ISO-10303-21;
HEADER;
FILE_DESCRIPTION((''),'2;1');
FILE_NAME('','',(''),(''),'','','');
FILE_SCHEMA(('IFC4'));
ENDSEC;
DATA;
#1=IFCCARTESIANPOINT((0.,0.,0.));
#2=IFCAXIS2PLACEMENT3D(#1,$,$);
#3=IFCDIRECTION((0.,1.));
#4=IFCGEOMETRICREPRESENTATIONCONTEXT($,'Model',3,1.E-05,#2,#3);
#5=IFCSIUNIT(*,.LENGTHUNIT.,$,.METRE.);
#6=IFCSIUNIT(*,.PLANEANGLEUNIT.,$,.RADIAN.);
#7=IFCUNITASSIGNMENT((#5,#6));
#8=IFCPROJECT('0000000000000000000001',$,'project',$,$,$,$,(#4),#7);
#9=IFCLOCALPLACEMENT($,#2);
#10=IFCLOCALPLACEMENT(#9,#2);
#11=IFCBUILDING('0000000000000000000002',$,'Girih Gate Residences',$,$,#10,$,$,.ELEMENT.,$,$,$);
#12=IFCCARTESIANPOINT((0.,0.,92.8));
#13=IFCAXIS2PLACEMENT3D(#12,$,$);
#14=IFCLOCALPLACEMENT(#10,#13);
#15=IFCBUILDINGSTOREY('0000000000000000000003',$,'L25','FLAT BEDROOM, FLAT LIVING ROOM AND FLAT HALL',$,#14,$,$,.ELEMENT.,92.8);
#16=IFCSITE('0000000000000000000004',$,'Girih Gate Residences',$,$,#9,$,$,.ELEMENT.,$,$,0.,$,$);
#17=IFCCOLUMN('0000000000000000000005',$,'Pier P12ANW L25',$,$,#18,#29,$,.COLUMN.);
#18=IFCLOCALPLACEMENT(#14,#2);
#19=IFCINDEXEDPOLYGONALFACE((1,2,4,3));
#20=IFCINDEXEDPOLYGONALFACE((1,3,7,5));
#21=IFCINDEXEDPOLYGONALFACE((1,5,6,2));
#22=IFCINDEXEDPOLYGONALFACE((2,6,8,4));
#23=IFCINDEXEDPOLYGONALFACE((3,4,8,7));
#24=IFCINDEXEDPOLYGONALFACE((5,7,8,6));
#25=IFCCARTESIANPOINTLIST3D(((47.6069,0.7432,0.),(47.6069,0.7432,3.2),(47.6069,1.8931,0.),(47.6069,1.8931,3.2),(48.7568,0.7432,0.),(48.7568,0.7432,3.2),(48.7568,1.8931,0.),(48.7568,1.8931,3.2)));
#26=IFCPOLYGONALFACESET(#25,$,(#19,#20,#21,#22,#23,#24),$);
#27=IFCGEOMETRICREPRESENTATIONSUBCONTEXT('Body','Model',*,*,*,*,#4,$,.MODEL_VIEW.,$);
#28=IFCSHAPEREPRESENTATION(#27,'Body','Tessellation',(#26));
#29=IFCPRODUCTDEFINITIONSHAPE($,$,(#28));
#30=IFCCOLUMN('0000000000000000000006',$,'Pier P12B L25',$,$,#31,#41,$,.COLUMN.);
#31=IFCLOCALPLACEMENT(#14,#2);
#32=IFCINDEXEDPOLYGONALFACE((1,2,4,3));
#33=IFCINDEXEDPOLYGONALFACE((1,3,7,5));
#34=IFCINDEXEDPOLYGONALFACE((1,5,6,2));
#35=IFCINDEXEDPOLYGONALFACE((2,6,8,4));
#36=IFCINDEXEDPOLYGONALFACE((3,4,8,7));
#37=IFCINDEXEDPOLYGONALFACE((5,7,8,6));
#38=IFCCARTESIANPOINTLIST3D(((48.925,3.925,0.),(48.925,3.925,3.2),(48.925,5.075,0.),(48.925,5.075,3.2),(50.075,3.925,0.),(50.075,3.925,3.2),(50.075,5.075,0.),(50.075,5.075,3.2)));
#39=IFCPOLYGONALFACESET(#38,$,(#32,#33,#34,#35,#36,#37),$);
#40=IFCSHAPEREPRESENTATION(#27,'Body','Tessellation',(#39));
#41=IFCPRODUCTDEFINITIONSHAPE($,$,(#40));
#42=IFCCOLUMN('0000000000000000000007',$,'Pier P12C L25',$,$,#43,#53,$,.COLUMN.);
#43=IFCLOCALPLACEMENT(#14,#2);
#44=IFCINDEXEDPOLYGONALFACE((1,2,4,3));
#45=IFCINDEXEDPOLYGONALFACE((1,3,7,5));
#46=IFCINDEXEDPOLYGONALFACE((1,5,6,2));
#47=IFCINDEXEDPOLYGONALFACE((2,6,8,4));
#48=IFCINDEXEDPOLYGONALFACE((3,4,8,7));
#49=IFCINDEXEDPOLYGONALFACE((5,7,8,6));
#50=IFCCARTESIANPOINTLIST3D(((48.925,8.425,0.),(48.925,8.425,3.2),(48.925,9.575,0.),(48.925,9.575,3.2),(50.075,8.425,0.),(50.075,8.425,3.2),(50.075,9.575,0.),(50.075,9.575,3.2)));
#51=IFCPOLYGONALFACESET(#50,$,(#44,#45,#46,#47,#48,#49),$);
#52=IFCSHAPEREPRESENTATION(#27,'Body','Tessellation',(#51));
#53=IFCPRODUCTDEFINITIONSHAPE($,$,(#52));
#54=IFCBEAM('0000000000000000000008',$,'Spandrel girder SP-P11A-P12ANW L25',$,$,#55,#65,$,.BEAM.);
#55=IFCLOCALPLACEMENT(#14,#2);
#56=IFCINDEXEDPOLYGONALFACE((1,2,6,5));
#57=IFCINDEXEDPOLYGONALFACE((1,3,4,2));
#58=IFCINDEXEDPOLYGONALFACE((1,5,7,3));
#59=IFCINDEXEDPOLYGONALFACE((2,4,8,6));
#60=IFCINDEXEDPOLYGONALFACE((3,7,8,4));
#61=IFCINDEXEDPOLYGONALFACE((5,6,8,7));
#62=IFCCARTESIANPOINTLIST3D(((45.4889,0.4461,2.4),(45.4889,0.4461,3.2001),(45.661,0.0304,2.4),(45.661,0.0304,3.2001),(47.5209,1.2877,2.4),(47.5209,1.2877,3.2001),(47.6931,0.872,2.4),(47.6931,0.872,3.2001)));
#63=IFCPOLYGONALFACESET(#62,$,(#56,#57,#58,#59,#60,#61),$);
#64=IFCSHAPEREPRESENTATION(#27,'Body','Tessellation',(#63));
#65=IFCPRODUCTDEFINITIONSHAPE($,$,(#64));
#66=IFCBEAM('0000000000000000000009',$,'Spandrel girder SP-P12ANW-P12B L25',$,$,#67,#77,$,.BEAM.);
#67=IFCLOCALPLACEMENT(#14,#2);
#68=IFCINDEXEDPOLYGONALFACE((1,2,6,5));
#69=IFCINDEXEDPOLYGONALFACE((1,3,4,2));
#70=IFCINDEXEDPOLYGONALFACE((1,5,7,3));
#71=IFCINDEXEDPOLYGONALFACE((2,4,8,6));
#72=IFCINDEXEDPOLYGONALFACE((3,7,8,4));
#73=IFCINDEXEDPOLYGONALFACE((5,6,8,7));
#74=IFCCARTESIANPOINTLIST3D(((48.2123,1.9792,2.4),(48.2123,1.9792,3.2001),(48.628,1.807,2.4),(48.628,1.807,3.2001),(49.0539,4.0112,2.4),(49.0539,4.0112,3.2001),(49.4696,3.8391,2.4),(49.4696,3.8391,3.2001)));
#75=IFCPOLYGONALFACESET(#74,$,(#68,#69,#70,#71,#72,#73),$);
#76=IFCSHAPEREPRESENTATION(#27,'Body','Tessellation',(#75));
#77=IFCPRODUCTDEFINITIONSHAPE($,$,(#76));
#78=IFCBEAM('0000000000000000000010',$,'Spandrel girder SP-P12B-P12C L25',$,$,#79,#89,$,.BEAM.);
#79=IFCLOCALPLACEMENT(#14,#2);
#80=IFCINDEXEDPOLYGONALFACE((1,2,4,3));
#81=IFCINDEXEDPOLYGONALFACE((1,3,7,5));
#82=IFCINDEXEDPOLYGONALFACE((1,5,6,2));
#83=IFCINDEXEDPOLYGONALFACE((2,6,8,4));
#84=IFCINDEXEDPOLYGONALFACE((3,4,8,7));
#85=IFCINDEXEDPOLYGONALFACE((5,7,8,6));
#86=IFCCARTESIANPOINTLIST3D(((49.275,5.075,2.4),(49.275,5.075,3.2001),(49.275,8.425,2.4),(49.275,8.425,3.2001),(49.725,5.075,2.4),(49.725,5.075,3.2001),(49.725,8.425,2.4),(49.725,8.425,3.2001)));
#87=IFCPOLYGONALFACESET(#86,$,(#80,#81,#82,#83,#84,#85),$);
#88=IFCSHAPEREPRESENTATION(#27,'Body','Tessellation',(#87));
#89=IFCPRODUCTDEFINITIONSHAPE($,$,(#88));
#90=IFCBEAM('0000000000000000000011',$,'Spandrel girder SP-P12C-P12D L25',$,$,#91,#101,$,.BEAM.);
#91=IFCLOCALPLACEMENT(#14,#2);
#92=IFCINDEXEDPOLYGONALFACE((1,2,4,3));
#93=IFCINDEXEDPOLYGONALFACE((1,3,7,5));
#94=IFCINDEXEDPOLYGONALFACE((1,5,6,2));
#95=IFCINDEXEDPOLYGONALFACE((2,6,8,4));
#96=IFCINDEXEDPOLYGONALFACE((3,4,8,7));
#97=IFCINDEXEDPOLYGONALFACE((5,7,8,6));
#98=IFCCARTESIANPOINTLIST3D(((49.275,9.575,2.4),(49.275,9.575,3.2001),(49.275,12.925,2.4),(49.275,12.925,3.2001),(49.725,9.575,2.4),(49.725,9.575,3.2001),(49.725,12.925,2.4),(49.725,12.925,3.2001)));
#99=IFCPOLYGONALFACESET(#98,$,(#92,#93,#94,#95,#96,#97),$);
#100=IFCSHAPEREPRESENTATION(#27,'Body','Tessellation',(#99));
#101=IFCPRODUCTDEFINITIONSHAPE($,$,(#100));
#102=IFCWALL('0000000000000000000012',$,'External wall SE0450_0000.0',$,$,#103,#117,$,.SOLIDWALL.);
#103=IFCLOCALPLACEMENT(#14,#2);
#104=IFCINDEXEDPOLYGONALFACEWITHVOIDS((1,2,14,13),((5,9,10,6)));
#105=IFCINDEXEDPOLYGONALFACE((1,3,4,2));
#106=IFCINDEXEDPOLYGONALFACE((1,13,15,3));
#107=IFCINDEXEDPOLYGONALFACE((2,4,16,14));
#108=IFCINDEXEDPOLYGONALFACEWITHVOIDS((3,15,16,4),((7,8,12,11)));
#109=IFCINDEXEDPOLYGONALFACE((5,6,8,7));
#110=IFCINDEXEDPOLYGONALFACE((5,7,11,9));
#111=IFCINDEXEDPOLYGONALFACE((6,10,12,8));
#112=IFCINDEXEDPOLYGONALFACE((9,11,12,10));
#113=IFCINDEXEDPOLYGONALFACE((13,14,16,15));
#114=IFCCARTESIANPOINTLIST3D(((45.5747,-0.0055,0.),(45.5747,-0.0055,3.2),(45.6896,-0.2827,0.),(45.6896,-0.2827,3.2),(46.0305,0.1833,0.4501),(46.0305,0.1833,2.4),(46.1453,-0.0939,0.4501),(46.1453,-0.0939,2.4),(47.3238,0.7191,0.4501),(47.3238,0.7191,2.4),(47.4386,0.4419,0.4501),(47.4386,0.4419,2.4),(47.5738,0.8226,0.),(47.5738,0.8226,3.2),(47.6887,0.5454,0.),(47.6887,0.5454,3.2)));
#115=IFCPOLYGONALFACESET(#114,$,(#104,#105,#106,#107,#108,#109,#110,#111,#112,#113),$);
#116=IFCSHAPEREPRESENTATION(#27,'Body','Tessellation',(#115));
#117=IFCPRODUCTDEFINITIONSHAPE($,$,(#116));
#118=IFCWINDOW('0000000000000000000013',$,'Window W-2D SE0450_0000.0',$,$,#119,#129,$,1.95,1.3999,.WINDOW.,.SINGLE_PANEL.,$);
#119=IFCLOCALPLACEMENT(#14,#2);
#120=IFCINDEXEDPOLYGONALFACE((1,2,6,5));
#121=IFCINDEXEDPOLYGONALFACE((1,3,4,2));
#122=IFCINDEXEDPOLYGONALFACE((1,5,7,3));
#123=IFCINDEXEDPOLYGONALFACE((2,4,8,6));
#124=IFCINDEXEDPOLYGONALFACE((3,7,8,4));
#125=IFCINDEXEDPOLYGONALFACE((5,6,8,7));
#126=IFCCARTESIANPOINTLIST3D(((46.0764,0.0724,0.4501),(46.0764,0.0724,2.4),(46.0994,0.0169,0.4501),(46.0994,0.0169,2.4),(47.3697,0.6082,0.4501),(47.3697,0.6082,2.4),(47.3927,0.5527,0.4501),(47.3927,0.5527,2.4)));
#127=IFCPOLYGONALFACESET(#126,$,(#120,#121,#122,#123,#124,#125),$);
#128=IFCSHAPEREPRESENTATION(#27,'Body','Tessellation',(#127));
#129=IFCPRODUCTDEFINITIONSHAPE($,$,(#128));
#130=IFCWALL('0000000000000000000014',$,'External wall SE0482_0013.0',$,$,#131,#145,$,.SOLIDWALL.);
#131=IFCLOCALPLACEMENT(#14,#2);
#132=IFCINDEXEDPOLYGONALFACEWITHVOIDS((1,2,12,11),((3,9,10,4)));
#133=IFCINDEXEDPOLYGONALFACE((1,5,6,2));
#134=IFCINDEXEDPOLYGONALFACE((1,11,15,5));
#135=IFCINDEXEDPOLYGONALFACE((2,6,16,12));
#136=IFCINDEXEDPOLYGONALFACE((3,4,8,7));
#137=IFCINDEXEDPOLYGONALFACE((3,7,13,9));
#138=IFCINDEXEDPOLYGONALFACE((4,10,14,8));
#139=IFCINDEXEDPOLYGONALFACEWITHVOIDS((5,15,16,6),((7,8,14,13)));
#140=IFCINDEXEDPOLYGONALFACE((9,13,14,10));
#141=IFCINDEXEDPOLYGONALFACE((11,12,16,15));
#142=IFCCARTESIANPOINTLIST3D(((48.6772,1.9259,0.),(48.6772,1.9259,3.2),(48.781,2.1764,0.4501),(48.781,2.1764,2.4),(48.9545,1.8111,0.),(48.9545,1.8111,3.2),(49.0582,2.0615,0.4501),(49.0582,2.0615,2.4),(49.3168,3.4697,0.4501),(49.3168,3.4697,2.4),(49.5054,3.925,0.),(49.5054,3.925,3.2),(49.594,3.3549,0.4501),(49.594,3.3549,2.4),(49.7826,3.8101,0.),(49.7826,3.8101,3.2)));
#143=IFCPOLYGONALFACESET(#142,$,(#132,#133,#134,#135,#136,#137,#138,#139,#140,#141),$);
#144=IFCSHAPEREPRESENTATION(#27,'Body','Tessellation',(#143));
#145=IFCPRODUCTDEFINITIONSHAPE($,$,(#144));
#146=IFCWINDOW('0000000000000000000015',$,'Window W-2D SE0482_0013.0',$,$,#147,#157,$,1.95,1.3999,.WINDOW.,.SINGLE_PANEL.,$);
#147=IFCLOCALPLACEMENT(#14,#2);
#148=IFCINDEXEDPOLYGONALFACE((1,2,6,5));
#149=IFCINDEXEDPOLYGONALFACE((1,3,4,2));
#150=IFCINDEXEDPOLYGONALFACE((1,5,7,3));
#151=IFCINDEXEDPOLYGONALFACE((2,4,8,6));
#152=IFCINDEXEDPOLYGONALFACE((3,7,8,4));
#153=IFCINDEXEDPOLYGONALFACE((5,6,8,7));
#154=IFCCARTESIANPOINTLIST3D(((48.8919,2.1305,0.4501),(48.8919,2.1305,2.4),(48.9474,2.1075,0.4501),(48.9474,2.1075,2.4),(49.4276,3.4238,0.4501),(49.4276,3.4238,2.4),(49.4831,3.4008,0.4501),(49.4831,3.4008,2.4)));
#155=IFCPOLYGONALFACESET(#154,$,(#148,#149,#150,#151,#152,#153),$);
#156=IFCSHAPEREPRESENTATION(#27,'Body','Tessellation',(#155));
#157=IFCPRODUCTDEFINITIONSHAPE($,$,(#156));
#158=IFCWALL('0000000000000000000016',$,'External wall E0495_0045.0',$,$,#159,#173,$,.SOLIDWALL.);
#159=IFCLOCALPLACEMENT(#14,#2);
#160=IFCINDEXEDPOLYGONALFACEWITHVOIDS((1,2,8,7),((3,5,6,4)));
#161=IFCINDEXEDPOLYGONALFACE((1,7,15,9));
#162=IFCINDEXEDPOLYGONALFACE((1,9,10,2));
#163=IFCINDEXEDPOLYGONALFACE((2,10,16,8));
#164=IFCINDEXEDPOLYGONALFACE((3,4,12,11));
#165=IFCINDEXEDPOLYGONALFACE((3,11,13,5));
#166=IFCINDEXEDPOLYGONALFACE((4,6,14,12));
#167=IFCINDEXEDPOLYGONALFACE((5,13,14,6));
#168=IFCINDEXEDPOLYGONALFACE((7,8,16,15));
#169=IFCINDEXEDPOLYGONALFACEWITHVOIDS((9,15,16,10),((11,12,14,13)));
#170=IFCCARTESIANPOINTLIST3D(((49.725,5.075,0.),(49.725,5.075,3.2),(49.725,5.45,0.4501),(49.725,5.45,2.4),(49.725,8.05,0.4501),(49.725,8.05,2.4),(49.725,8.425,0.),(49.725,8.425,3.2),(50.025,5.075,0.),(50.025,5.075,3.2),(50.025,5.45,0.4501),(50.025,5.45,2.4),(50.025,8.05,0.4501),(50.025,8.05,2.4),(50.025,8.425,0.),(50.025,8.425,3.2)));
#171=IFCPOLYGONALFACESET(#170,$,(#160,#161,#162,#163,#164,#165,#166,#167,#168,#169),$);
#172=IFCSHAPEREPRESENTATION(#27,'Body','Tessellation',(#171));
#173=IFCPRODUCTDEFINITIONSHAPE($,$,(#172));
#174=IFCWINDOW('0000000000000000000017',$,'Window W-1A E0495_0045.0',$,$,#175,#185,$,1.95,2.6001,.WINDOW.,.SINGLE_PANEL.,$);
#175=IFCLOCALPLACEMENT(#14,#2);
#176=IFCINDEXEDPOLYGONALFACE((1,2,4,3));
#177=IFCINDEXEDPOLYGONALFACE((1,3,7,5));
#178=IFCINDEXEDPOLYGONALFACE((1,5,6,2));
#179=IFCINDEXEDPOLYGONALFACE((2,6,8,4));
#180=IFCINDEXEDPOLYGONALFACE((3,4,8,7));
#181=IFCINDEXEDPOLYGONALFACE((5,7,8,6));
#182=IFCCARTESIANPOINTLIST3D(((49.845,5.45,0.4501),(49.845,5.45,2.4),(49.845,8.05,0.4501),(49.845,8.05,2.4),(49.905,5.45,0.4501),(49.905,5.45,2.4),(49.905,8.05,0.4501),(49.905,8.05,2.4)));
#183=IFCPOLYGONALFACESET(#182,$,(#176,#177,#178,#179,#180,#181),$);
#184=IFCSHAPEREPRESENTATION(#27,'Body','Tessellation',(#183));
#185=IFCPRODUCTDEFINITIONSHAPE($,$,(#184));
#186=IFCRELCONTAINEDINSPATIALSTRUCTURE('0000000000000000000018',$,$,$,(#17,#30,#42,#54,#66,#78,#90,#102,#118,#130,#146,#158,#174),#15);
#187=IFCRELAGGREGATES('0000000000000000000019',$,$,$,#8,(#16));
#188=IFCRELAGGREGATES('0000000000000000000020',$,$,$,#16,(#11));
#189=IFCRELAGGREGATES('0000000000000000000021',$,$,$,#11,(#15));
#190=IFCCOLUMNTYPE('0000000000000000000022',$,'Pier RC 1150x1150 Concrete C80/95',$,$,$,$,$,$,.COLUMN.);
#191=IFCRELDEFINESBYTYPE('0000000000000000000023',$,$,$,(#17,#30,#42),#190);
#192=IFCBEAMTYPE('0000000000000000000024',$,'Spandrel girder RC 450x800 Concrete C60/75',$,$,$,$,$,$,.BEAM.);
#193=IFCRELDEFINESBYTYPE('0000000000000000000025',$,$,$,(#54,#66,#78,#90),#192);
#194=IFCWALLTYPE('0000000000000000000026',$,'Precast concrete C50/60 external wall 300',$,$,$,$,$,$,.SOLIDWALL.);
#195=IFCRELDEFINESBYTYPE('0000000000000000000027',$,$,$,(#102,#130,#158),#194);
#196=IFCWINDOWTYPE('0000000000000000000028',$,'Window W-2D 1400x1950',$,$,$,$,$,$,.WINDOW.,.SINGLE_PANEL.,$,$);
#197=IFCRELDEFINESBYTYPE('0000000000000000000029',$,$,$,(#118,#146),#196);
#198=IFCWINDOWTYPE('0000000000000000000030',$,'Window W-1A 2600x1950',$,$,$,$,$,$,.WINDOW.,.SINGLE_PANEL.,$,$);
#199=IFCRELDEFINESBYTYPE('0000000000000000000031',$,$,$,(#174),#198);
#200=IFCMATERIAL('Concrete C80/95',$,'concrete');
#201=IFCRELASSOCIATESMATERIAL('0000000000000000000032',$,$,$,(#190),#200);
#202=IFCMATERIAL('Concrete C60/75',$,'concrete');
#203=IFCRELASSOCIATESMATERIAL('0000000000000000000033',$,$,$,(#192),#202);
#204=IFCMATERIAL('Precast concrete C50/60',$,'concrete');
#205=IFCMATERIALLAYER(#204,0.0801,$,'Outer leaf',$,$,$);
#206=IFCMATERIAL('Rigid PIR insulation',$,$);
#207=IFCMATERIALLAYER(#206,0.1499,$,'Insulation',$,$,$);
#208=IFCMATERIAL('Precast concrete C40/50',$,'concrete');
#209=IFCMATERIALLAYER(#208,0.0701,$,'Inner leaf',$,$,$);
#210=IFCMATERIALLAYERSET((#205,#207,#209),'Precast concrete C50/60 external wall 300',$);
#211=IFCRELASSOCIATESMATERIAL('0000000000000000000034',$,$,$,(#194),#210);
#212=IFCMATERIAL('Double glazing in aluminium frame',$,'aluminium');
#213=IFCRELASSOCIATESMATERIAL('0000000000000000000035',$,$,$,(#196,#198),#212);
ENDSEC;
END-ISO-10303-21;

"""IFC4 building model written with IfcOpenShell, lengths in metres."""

from ifc_helpers import new_model, si_unit, direction, frame, frame_2d, origin, origin_2d, place, context, subcontext, project, spatial, rectangle, extrude, material, layer, layer_set, material_profile, profile_set, type_object, element, fill, save


model = new_model("IFC4")

# Units and contexts
model_context = context("Model", 3, precision=1e-05, world=origin(), true_north=direction((0.0, 1.0)))
body_context = subcontext(model_context, "Body", "Model", "MODEL_VIEW")
ifc_project = project(units=[si_unit("LENGTHUNIT", "METRE"), si_unit("PLANEANGLEUNIT", "RADIAN")], contexts=[model_context])

# Site, building, storey
site_placement = place(None, origin())
site = spatial("IfcSite", under=ifc_project, at=site_placement, Name="Girih Gate Residences", CompositionType="ELEMENT", RefElevation=0.0)
building_placement = place(site_placement, origin())
building = spatial("IfcBuilding", under=site, at=building_placement, Name="Girih Gate Residences", CompositionType="ELEMENT")
storey_placement = place(building_placement, frame((0.0, 0.0, 92.8)))
storey = spatial("IfcBuildingStorey", under=building, at=storey_placement, Name="L25", Description="FLAT BEDROOM, FLAT LIVING ROOM AND FLAT HALL", CompositionType="ELEMENT", Elevation=92.8)

# Columns
ifc_material_1 = material(Name="Concrete C80/95", Category="concrete")
ifc_material_profile_1 = material_profile(ifc_material_1, rectangle(XDim=1.1499, YDim=1.1499, at=origin_2d()))
ifc_profile_set_1 = profile_set([ifc_material_profile_1], Name="Concrete C80/95")
column_type = type_object("IfcColumnType", Name="Pier RC 1150x1150 Concrete C80/95", PredefinedType="COLUMN", material=ifc_profile_set_1)
for number, where, z_axis, x_axis, name in (
    (1, (48.1819, 1.3181, 0.0), (0.0, 0.0, 1.0), (1.0, 0.0, 0.0), "Pier P12ANW L25"),
    (2, (49.5, 4.5, 0.0), (0.0, 0.0, 1.0), (1.0, 0.0, 0.0), "Pier P12B L25"),
    (3, (49.5, 9.0, 0.0), (0.0, 0.0, 1.0), (1.0, 0.0, 0.0), "Pier P12C L25"),
):
    element("IfcColumn", number, at=place(storey_placement, frame(where, z_axis=z_axis, x_axis=x_axis)), inside=storey, type_object=column_type, Name=name, PredefinedType="COLUMN", context=body_context, shape_type="SweptSolid", body=[
        extrude(rectangle(XDim=1.1499, YDim=1.1499, at=origin_2d()), origin(), (0.0, 0.0, 1.0), 3.2),
    ])

# Beams
ifc_material_2 = material(Name="Concrete C60/75", Category="concrete")
ifc_material_profile_2 = material_profile(ifc_material_2, rectangle(XDim=0.45, YDim=0.8, at=origin_2d()))
ifc_profile_set_2 = profile_set([ifc_material_profile_2], Name="Concrete C60/75")
beam_type = type_object("IfcBeamType", Name="Spandrel girder RC 450x800 Concrete C60/75", PredefinedType="BEAM", material=ifc_profile_set_2)
for number, where, z_axis, x_axis, name in (
    (4, (45.575, 0.2383, 2.8), (0.923899, 0.382636, 0.0), (-0.382636, 0.923899, 0.0), "Spandrel girder SP-P11A-P12ANW L25"),
    (5, (48.4202, 1.8931, 2.8), (0.382636, 0.923899, 0.0), (-0.923899, 0.382636, 0.0), "Spandrel girder SP-P12ANW-P12B L25"),
):
    element("IfcBeam", number, at=place(storey_placement, frame(where, z_axis=z_axis, x_axis=x_axis)), inside=storey, type_object=beam_type, Name=name, PredefinedType="BEAM", context=body_context, shape_type="SweptSolid", body=[
        extrude(rectangle(XDim=0.45, YDim=0.8, at=origin_2d()), origin(), (0.0, 0.0, 1.0), 2.1995),
    ])
for number, where, z_axis, x_axis, name in (
    (6, (49.5, 5.075, 2.8), (0.0, 1.0, 0.0), (-1.0, 0.0, 0.0), "Spandrel girder SP-P12B-P12C L25"),
    (7, (49.5, 9.575, 2.8), (0.0, 1.0, 0.0), (-1.0, 0.0, 0.0), "Spandrel girder SP-P12C-P12D L25"),
):
    element("IfcBeam", number, at=place(storey_placement, frame(where, z_axis=z_axis, x_axis=x_axis)), inside=storey, type_object=beam_type, Name=name, PredefinedType="BEAM", context=body_context, shape_type="SweptSolid", body=[
        extrude(rectangle(XDim=0.45, YDim=0.8, at=origin_2d()), origin(), (0.0, 0.0, 1.0), 3.3501),
    ])

# Walls, openings, windows
ifc_material_3 = material(Name="Precast concrete C50/60", Category="concrete")
ifc_layer_1 = layer(ifc_material_3, 0.0801, Name="Outer leaf")
ifc_material_4 = material(Name="Rigid PIR insulation")
ifc_layer_2 = layer(ifc_material_4, 0.1499, Name="Insulation")
ifc_material_5 = material(Name="Precast concrete C40/50", Category="concrete")
ifc_layer_3 = layer(ifc_material_5, 0.0701, Name="Inner leaf")
ifc_layer_set = layer_set([ifc_layer_1, ifc_layer_2, ifc_layer_3], Name="Precast concrete C50/60 external wall 300")
wall_type = type_object("IfcWallType", Name="Precast concrete C50/60 external wall 300", PredefinedType="SOLIDWALL", material=ifc_layer_set)
wall_1_placement = place(storey_placement, frame((47.6313, 0.6841, 0.0), z_axis=(0.0, 0.0, 1.0), x_axis=(-0.923863, -0.382724, 0.0)))
wall_1 = element("IfcWall", 8, at=wall_1_placement, inside=storey, type_object=wall_type, Name="External wall SE0450_0000.0", PredefinedType="SOLIDWALL", context=body_context, shape_type="SweptSolid", body=[
    extrude(rectangle(XDim=2.1638, YDim=0.3, at=frame_2d((1.082, 0.0))), origin(), (0.0, 0.0, 1.0), 3.2),
])
opening_1_placement = place(wall_1_placement, frame((0.2708, 0.0, 0.45)))
opening_1 = element("IfcOpeningElement", 9, at=opening_1_placement, cuts=wall_1, PredefinedType="OPENING", context=body_context, shape_type="SweptSolid", body=[
    extrude(rectangle(XDim=1.3999, YDim=1.95, at=frame_2d((0.7, 0.9751))), frame((0.0, 0.1599, 0.0), z_axis=(0.0, -1.0, 0.0), x_axis=(1.0, 0.0, 0.0)), (0.0, 0.0, 1.0), 0.3201),
])
ifc_material_6 = material(Name="Double glazing in aluminium frame", Category="aluminium")
window_type_1 = type_object("IfcWindowType", Name="Window W-2D 1400x1950", PartitioningType="SINGLE_PANEL", PredefinedType="WINDOW", material=ifc_material_6)
window_1_placement = place(opening_1_placement, origin())
window_1 = element("IfcWindow", 10, at=window_1_placement, inside=storey, type_object=window_type_1, Name="Window W-2D SE0450_0000.0", OverallHeight=1.95, OverallWidth=1.3999, PartitioningType="SINGLE_PANEL", PredefinedType="WINDOW", context=body_context, shape_type="SweptSolid", body=[
    extrude(rectangle(XDim=1.3999, YDim=1.95, at=frame_2d((0.7, 0.9751))), frame((0.0, 0.03, 0.0), z_axis=(0.0, -1.0, 0.0), x_axis=(1.0, 0.0, 0.0)), (0.0, 0.0, 1.0), 0.0601),
])
fill(opening_1, window_1)
wall_2_placement = place(storey_placement, frame((49.644, 3.8677, 0.0), z_axis=(0.0, 0.0, 1.0), x_axis=(-0.382724, -0.923863, 0.0)))
wall_2 = element("IfcWall", 11, at=wall_2_placement, inside=storey, type_object=wall_type, Name="External wall SE0482_0013.0", PredefinedType="SOLIDWALL", context=body_context, shape_type="SweptSolid", body=[
    extrude(rectangle(XDim=2.1638, YDim=0.3, at=frame_2d((1.082, 0.0))), origin(), (0.0, 0.0, 1.0), 3.2),
])
opening_2_placement = place(wall_2_placement, frame((0.4929, 0.0, 0.45)))
opening_2 = element("IfcOpeningElement", 12, at=opening_2_placement, cuts=wall_2, PredefinedType="OPENING", context=body_context, shape_type="SweptSolid", body=[
    extrude(rectangle(XDim=1.3999, YDim=1.95, at=frame_2d((0.7, 0.9751))), frame((0.0, 0.1599, 0.0), z_axis=(0.0, -1.0, 0.0), x_axis=(1.0, 0.0, 0.0)), (0.0, 0.0, 1.0), 0.3201),
])
window_2_placement = place(opening_2_placement, origin())
window_2 = element("IfcWindow", 13, at=window_2_placement, inside=storey, type_object=window_type_1, Name="Window W-2D SE0482_0013.0", OverallHeight=1.95, OverallWidth=1.3999, PartitioningType="SINGLE_PANEL", PredefinedType="WINDOW", context=body_context, shape_type="SweptSolid", body=[
    extrude(rectangle(XDim=1.3999, YDim=1.95, at=frame_2d((0.7, 0.9751))), frame((0.0, 0.03, 0.0), z_axis=(0.0, -1.0, 0.0), x_axis=(1.0, 0.0, 0.0)), (0.0, 0.0, 1.0), 0.0601),
])
fill(opening_2, window_2)
wall_3_placement = place(storey_placement, frame((49.875, 8.425, 0.0), z_axis=(0.0, 0.0, 1.0), x_axis=(0.0, -1.0, 0.0)))
wall_3 = element("IfcWall", 14, at=wall_3_placement, inside=storey, type_object=wall_type, Name="External wall E0495_0045.0", PredefinedType="SOLIDWALL", context=body_context, shape_type="SweptSolid", body=[
    extrude(rectangle(XDim=3.3501, YDim=0.3, at=frame_2d((1.675, 0.0))), origin(), (0.0, 0.0, 1.0), 3.2),
])
opening_3_placement = place(wall_3_placement, frame((0.375, 0.0, 0.45)))
opening_3 = element("IfcOpeningElement", 15, at=opening_3_placement, cuts=wall_3, PredefinedType="OPENING", context=body_context, shape_type="SweptSolid", body=[
    extrude(rectangle(XDim=2.6001, YDim=1.95, at=frame_2d((1.3, 0.9751))), frame((0.0, 0.1599, 0.0), z_axis=(0.0, -1.0, 0.0), x_axis=(1.0, 0.0, 0.0)), (0.0, 0.0, 1.0), 0.3201),
])
window_type_2 = type_object("IfcWindowType", Name="Window W-1A 2600x1950", PartitioningType="SINGLE_PANEL", PredefinedType="WINDOW", material=ifc_material_6)
window_3_placement = place(opening_3_placement, origin())
window_3 = element("IfcWindow", 16, at=window_3_placement, inside=storey, type_object=window_type_2, Name="Window W-1A E0495_0045.0", OverallHeight=1.95, OverallWidth=2.6001, PartitioningType="SINGLE_PANEL", PredefinedType="WINDOW", context=body_context, shape_type="SweptSolid", body=[
    extrude(rectangle(XDim=2.6001, YDim=1.95, at=frame_2d((1.3, 0.9751))), frame((0.0, 0.03, 0.0), z_axis=(0.0, -1.0, 0.0), x_axis=(1.0, 0.0, 0.0)), (0.0, 0.0, 1.0), 0.0601),
])
fill(opening_3, window_3)

save(model, "model.ifc")
